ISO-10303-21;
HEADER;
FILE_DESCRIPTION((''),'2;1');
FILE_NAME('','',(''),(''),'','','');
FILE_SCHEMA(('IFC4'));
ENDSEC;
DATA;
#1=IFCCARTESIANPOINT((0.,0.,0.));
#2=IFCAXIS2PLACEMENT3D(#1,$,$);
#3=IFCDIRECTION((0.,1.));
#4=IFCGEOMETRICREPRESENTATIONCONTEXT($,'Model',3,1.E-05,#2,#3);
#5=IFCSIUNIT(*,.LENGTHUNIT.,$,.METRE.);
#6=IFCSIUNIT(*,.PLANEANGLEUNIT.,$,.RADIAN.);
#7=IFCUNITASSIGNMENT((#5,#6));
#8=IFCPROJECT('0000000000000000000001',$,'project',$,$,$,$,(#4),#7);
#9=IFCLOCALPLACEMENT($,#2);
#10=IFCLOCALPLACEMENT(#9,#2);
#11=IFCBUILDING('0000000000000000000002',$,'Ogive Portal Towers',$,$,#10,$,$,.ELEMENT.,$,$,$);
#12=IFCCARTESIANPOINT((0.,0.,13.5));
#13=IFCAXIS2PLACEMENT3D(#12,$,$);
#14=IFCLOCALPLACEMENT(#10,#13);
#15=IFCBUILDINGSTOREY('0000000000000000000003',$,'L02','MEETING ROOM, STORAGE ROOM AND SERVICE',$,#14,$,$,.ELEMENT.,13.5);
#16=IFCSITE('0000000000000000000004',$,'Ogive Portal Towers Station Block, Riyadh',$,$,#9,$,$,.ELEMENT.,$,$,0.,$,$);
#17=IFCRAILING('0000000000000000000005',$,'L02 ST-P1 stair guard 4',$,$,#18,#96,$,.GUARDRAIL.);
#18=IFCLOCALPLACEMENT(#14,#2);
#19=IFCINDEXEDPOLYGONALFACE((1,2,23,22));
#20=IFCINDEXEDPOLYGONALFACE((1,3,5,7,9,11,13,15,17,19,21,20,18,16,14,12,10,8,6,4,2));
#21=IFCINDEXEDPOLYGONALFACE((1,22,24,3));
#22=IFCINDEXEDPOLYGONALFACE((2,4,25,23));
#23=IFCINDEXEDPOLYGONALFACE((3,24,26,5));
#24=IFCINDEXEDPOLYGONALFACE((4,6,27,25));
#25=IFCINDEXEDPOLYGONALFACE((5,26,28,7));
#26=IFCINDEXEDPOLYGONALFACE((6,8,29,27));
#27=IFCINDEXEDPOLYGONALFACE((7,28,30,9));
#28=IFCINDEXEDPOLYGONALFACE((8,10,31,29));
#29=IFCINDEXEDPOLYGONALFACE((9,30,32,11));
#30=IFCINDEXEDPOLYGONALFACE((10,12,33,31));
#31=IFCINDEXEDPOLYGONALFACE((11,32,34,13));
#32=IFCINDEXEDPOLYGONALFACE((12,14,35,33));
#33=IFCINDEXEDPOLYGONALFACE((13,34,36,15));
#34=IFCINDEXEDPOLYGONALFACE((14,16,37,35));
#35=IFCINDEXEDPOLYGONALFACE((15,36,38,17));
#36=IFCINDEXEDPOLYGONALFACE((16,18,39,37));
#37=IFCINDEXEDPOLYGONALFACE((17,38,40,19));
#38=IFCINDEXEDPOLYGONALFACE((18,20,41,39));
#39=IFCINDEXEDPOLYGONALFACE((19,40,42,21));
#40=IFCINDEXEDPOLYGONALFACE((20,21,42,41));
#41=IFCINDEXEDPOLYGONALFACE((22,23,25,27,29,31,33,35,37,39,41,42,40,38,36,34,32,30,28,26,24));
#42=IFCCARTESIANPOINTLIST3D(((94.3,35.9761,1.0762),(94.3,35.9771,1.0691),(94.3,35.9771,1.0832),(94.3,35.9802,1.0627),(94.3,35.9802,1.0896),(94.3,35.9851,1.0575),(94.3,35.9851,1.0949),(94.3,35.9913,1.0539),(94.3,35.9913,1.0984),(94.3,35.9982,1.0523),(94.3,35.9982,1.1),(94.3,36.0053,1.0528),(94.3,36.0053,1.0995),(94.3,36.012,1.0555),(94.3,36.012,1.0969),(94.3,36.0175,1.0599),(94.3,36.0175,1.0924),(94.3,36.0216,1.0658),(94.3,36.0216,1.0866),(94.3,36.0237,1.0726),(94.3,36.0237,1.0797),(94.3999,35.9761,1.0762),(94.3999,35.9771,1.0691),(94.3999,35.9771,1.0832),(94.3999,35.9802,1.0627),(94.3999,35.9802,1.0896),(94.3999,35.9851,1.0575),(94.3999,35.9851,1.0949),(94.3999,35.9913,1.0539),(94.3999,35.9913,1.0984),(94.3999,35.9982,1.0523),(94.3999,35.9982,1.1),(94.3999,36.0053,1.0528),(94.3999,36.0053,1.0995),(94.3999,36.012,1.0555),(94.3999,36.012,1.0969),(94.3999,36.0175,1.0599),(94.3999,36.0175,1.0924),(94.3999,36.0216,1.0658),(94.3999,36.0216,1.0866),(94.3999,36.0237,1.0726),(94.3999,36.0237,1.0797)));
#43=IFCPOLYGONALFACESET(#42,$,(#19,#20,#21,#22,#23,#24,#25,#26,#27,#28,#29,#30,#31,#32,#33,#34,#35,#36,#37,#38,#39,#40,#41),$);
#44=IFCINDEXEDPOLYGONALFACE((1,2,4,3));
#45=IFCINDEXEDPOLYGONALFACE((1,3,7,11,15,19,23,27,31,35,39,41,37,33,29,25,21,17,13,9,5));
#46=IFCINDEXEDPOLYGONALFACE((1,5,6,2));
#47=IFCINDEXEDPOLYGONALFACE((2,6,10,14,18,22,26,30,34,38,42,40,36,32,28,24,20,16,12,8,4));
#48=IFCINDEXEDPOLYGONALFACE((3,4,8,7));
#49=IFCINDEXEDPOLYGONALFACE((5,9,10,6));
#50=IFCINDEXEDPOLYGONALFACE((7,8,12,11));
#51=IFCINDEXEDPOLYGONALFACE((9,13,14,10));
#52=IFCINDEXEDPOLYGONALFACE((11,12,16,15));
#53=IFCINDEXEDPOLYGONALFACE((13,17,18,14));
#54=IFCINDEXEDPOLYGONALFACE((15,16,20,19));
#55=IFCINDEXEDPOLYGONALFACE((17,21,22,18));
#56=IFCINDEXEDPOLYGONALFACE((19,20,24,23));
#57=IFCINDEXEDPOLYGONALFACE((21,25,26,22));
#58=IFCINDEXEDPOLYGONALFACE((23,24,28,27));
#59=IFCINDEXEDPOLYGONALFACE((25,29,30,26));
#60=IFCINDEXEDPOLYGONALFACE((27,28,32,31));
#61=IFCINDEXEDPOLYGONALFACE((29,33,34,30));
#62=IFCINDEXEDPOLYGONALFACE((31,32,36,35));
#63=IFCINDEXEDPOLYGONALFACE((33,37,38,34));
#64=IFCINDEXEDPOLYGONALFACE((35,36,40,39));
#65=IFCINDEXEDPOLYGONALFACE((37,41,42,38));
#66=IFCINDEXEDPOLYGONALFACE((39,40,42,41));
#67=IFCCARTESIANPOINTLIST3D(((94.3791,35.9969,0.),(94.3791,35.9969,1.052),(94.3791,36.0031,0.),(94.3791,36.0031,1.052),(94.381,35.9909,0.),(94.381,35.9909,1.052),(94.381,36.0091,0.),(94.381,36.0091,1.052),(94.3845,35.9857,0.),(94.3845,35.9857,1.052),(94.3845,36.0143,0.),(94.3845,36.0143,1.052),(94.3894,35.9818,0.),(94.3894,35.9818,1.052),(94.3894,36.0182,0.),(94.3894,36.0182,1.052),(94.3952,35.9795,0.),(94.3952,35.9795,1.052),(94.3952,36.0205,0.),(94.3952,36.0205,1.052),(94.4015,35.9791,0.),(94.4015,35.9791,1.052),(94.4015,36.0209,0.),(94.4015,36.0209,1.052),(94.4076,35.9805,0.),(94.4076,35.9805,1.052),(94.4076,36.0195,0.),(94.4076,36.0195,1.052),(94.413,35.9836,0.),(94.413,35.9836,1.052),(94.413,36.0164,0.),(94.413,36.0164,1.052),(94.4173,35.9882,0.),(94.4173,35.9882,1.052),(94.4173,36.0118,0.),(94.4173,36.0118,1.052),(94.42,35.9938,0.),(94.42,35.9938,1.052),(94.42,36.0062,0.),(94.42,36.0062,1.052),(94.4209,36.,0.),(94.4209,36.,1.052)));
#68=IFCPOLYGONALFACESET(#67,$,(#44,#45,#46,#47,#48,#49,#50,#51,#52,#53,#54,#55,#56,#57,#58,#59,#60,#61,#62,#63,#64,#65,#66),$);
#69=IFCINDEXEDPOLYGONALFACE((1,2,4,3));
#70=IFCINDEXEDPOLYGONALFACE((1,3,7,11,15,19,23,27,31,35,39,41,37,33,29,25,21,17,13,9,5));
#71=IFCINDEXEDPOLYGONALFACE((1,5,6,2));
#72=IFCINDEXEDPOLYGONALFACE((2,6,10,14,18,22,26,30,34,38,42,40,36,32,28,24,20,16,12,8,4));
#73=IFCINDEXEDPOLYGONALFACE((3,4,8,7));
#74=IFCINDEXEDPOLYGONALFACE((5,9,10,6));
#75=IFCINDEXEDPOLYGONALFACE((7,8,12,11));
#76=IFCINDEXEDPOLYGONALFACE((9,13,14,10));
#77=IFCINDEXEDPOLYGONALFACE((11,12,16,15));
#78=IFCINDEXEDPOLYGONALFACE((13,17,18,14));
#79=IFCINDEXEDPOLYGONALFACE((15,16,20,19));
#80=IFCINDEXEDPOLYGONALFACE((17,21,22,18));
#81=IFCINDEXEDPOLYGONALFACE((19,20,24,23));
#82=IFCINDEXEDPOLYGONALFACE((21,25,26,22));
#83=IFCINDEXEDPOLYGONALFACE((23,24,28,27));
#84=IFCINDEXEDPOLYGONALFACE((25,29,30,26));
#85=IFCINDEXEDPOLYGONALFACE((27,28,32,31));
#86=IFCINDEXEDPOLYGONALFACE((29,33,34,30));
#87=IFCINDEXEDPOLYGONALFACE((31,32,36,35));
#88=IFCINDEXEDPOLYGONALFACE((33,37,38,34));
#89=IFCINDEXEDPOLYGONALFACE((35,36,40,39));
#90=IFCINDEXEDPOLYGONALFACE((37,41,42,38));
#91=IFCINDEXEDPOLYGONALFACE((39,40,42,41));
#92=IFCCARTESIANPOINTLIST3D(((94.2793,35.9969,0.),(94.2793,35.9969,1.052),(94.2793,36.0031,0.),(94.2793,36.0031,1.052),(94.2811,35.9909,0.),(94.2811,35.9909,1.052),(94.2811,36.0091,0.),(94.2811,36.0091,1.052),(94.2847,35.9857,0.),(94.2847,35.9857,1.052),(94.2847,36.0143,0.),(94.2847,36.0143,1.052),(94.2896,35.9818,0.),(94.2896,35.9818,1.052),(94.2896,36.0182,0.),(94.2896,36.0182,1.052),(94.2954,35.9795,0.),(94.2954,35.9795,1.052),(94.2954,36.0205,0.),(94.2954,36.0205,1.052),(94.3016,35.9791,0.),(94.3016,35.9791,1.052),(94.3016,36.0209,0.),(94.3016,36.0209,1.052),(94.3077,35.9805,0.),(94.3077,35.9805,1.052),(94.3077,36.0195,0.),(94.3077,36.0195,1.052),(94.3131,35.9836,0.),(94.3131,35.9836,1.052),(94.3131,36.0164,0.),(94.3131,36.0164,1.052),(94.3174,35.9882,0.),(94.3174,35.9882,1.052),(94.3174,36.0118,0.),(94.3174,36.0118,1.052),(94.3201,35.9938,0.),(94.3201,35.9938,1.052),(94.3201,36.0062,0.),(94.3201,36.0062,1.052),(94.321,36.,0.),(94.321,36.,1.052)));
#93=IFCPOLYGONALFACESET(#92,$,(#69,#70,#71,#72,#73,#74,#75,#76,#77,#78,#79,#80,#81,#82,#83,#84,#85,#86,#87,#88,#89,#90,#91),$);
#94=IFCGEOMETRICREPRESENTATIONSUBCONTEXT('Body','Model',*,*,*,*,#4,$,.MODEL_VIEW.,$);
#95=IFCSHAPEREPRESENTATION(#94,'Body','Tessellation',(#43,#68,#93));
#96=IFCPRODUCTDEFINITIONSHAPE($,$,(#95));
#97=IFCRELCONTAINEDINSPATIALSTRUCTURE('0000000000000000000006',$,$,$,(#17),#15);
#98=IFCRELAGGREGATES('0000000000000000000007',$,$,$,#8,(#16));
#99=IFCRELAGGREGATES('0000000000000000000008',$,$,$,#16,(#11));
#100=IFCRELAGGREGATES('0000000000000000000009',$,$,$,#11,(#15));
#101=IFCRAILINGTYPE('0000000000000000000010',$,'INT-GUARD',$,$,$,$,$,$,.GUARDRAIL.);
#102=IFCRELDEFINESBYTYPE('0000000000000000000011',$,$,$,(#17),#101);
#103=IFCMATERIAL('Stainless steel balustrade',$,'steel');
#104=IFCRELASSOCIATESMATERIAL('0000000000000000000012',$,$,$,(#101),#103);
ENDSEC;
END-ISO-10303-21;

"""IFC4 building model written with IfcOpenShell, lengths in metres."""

from ifc_helpers import new_model, si_unit, direction, frame, origin, origin_2d, place, context, subcontext, project, spatial, circle, extrude, material, type_object, element, save


model = new_model("IFC4")

# Units and contexts
model_context = context("Model", 3, precision=1e-05, world=origin(), true_north=direction((0.0, 1.0)))
body_context = subcontext(model_context, "Body", "Model", "MODEL_VIEW")
ifc_project = project(units=[si_unit("LENGTHUNIT", "METRE"), si_unit("PLANEANGLEUNIT", "RADIAN")], contexts=[model_context])

# Site, building, storey
site_placement = place(None, origin())
site = spatial("IfcSite", under=ifc_project, at=site_placement, Name="Ogive Portal Towers Station Block, Riyadh", CompositionType="ELEMENT", RefElevation=0.0)
building_placement = place(site_placement, origin())
building = spatial("IfcBuilding", under=site, at=building_placement, Name="Ogive Portal Towers", CompositionType="ELEMENT")
storey_placement = place(building_placement, frame((0.0, 0.0, 13.5)))
storey = spatial("IfcBuildingStorey", under=building, at=storey_placement, Name="L02", Description="MEETING ROOM, STORAGE ROOM AND SERVICE", CompositionType="ELEMENT", Elevation=13.5)

# Railing
ifc_material_1 = material(Name="Stainless steel balustrade", Category="steel")
railing_type_1 = type_object("IfcRailingType", Name="INT-GUARD", PredefinedType="GUARDRAIL", material=ifc_material_1)
railing_1_placement = place(storey_placement, frame((94.3999, 36.0, 0.0)))
element("IfcRailing", 1, at=railing_1_placement, inside=storey, type_object=railing_type_1, Name="L02 ST-P1 stair guard 4", PredefinedType="GUARDRAIL", context=body_context, shape_type="SweptSolid", body=[
    extrude(circle(Radius=0.0239, at=origin_2d()), frame((0.0, 0.0, 1.0762), z_axis=(-1.0, 0.0, 0.0), x_axis=(0.0, -1.0, 0.0)), (0.0, 0.0, 1.0), 0.0999),
    extrude(circle(Radius=0.021, at=origin_2d()), origin(), (0.0, 0.0, 1.0), 1.052),
    extrude(circle(Radius=0.021, at=origin_2d()), frame((-0.0999, 0.0, 0.0)), (0.0, 0.0, 1.0), 1.052),
])

save(model, "model.ifc")
